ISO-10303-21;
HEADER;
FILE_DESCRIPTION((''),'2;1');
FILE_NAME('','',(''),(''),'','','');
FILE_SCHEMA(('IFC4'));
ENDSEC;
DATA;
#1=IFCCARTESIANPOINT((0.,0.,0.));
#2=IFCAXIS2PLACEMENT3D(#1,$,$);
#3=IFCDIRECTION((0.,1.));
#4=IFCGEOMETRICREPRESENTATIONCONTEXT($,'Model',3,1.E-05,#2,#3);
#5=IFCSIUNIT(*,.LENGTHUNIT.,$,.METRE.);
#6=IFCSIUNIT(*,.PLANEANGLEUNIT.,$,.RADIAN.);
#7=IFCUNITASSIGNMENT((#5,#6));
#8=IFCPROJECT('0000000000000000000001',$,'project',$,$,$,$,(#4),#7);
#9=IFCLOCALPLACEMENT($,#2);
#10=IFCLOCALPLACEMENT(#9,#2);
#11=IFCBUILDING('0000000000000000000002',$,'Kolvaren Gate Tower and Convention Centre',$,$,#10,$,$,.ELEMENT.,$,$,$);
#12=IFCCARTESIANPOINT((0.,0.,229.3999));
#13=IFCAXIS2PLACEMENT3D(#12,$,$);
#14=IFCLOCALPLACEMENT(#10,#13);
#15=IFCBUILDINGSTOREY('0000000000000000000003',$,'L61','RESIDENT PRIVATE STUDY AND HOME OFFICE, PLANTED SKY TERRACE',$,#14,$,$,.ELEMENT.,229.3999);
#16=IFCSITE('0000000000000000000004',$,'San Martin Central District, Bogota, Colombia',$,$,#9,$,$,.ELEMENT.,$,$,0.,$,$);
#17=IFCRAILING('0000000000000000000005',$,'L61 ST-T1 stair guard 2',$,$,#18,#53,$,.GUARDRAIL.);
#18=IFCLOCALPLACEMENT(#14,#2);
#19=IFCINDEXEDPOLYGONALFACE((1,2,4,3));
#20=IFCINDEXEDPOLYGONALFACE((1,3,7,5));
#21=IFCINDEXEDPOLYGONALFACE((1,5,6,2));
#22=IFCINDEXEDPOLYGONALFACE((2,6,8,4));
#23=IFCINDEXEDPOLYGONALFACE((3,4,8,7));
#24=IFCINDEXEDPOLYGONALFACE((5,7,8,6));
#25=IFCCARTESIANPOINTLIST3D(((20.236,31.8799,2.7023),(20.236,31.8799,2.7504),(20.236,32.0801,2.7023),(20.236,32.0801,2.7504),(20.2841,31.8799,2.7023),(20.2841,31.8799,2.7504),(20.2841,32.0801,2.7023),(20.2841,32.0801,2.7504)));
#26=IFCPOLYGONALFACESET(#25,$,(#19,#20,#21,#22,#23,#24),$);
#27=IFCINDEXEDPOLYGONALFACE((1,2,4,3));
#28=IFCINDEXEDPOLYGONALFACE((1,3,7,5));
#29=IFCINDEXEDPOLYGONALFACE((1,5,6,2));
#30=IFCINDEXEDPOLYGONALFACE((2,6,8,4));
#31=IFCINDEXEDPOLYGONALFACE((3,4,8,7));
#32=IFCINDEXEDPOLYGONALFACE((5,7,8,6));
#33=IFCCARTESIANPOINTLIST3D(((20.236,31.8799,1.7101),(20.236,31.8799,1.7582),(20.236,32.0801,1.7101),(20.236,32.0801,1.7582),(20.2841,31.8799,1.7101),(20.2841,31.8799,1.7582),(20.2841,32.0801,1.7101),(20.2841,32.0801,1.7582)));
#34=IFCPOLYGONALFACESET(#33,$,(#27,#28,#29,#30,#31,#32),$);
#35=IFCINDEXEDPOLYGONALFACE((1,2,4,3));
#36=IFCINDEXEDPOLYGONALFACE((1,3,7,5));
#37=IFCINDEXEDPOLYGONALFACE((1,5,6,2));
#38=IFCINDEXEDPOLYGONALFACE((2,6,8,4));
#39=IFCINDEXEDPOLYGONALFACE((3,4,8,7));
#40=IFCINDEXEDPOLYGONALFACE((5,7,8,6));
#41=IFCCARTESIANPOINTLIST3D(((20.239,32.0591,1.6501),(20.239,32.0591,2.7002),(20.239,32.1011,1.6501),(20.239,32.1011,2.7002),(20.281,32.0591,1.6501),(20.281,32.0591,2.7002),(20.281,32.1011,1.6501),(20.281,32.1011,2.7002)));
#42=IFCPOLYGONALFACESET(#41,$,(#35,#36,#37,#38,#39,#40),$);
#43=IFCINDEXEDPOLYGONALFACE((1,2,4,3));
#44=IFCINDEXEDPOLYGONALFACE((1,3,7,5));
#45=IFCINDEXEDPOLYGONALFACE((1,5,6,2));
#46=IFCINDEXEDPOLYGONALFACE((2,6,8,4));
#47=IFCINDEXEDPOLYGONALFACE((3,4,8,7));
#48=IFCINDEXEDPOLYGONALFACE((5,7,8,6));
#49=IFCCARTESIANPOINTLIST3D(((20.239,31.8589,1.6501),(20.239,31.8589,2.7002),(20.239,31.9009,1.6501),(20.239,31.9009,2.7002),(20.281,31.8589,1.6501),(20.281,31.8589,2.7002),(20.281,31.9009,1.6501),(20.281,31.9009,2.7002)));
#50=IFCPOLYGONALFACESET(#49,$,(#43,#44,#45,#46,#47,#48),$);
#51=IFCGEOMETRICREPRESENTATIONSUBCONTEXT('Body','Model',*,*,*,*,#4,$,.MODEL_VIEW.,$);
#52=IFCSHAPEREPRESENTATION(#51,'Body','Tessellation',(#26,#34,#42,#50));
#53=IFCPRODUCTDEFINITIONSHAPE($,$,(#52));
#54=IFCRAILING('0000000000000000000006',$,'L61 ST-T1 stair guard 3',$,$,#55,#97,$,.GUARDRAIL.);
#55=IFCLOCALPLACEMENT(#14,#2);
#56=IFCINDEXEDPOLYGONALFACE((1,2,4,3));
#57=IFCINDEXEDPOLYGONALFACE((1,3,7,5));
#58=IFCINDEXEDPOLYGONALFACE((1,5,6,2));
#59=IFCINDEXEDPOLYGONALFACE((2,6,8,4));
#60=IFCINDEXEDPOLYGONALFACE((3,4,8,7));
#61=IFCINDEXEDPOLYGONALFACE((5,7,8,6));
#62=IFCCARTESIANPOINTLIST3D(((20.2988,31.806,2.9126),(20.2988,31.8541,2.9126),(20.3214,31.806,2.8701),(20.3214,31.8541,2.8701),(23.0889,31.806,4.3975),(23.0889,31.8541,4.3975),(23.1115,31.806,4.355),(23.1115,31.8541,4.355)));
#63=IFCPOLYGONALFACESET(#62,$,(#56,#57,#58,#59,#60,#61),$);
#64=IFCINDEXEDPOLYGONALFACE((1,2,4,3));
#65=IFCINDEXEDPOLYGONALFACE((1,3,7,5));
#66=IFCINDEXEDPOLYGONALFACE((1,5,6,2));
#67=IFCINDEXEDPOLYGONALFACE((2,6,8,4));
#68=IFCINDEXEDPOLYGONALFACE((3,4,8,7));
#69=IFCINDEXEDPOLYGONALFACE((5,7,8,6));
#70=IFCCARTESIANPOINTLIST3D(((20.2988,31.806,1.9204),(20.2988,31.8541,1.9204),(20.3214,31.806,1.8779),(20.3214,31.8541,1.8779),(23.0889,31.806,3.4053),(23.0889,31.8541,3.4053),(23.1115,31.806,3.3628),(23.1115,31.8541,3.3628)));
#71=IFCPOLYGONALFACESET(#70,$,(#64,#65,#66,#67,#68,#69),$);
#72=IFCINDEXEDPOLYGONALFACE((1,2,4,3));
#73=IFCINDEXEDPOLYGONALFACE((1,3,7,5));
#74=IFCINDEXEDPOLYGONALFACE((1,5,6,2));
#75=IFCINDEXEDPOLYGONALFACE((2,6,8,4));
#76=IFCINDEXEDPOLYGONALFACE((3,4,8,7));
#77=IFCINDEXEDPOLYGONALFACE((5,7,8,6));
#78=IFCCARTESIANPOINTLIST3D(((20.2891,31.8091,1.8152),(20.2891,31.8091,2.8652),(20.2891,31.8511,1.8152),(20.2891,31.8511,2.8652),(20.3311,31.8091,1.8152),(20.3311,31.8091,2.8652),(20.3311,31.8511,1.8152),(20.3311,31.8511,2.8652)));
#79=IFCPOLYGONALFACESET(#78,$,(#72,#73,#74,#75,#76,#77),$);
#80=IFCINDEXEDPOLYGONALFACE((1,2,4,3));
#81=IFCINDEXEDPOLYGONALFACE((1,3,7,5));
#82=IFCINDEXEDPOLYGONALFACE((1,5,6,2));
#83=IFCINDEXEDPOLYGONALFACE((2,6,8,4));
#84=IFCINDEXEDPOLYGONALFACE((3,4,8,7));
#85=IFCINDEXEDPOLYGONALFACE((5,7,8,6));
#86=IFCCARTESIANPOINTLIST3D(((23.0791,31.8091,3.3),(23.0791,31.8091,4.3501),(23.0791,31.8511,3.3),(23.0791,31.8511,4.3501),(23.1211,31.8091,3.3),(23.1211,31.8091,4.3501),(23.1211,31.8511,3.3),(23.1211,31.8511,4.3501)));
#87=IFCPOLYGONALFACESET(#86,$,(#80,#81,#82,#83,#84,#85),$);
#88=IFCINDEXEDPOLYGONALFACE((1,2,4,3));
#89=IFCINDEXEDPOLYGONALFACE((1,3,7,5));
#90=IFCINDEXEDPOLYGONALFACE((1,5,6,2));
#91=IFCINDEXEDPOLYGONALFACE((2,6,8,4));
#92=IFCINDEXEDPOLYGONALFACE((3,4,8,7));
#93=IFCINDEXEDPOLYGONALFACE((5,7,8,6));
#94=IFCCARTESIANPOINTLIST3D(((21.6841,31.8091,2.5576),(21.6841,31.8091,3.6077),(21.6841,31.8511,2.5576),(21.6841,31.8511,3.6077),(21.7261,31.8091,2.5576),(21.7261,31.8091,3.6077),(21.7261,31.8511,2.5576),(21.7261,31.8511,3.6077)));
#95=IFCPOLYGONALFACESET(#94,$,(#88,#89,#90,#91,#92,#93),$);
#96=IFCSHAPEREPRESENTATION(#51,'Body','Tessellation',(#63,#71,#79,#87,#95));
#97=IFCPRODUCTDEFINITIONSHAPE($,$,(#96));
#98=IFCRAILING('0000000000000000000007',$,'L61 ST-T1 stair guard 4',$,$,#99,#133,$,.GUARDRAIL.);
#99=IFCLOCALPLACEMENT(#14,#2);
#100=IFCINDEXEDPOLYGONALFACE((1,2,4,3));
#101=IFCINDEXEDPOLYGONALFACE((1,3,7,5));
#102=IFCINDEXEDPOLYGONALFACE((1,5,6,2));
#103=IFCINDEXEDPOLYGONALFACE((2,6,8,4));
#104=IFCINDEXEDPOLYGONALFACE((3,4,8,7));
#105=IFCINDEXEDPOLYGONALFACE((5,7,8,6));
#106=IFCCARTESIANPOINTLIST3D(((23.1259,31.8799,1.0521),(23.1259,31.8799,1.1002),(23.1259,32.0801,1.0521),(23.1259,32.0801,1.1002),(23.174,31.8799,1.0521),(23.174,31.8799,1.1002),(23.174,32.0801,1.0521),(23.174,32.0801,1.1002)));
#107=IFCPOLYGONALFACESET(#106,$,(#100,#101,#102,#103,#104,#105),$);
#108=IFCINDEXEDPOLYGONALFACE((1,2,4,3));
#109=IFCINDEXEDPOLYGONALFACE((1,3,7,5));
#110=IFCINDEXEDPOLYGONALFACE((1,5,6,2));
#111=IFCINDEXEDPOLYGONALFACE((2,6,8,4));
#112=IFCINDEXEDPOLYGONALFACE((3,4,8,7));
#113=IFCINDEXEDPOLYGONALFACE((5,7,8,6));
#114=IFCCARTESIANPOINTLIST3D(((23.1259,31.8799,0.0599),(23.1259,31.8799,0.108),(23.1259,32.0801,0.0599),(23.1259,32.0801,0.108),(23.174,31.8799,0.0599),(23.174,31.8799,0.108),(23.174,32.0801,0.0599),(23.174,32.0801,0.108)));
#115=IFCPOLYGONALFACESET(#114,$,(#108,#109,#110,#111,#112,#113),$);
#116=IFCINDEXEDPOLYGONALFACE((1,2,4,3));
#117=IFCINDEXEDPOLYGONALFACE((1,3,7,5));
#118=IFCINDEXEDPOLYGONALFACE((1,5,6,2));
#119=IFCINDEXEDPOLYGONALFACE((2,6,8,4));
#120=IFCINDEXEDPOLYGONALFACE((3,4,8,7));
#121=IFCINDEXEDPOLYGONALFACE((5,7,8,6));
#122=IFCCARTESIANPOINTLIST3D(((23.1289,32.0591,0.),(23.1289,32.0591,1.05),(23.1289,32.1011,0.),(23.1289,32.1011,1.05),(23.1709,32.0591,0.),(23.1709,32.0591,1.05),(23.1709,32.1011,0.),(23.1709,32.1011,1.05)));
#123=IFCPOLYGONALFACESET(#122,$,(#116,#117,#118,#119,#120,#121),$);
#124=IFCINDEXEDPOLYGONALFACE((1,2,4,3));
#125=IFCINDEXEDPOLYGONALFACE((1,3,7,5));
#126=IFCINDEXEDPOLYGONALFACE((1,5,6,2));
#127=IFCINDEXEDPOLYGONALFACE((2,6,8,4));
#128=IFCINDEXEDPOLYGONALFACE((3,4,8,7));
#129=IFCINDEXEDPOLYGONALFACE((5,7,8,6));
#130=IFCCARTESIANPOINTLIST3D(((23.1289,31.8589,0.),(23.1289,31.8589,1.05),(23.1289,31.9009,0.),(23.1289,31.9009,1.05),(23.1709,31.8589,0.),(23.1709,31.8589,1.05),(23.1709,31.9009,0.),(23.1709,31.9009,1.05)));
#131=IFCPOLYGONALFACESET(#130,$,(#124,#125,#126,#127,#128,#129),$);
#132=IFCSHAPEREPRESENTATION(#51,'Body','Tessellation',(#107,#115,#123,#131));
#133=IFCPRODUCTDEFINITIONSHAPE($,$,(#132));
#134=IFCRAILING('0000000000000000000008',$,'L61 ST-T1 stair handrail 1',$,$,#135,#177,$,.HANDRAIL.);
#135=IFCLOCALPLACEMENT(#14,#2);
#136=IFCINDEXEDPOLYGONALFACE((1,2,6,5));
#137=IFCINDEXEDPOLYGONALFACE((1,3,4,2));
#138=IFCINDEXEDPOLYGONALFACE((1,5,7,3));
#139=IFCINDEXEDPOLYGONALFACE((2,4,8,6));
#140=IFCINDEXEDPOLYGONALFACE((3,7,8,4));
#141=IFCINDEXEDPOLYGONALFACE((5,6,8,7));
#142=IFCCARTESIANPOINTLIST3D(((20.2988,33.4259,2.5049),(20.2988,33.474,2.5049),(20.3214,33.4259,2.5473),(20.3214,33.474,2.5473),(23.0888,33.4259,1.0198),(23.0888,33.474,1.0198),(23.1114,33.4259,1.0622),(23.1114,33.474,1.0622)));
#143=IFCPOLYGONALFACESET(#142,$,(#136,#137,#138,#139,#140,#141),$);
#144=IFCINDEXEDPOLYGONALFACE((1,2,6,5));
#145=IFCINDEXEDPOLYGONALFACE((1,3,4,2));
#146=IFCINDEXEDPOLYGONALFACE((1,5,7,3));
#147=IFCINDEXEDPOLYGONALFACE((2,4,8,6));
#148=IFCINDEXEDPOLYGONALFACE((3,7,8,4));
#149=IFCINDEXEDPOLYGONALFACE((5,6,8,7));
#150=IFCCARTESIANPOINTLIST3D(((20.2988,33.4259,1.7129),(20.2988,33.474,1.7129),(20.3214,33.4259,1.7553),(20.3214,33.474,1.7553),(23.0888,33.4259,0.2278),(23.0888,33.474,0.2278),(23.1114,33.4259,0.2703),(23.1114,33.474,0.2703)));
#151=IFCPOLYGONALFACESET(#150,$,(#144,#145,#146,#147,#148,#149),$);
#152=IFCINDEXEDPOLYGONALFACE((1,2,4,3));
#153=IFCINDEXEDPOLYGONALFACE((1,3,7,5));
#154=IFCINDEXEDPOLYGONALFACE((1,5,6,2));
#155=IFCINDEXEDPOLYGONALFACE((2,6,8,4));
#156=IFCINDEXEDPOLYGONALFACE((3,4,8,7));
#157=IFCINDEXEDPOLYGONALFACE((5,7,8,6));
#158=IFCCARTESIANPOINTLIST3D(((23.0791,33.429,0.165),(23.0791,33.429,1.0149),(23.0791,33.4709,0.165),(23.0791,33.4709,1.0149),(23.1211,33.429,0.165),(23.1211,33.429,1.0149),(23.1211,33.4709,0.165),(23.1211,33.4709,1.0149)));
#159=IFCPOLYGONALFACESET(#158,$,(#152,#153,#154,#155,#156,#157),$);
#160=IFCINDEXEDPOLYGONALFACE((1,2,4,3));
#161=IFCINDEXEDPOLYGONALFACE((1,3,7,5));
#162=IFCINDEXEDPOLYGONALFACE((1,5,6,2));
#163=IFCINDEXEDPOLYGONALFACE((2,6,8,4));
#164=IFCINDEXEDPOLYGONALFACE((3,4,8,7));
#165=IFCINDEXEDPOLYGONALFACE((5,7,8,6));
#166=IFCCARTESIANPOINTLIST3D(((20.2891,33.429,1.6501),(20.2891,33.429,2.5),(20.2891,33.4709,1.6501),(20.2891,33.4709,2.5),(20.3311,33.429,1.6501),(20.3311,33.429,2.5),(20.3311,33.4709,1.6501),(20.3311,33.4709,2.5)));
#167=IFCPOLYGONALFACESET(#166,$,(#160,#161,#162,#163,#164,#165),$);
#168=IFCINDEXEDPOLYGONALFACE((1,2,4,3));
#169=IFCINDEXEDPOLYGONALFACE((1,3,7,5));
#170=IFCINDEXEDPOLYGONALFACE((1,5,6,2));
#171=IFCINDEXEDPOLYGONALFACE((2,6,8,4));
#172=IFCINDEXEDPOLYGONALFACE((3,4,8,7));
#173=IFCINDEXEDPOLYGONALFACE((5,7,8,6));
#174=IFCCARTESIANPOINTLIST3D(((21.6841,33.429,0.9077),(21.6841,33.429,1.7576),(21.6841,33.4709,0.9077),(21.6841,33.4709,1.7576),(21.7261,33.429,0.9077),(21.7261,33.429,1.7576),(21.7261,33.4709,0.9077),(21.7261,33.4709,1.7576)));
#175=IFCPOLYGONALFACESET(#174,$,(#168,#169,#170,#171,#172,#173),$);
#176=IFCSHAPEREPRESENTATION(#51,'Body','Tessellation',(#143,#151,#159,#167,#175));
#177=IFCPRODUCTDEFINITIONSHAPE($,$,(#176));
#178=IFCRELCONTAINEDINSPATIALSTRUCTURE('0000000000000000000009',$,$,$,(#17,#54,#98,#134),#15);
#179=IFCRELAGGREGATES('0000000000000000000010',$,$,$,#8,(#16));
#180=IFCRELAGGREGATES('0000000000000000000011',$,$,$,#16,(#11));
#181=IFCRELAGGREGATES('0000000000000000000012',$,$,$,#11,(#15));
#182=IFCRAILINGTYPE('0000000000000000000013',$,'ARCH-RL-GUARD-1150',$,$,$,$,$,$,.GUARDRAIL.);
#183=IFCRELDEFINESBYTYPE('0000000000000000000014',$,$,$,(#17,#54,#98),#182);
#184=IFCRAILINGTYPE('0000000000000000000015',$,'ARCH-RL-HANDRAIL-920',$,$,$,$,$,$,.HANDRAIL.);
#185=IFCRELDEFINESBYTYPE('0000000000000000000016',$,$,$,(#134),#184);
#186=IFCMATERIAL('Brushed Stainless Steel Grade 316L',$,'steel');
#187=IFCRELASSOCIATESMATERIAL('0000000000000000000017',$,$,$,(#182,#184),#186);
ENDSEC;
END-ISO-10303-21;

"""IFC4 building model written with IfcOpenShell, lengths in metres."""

from ifc_helpers import new_model, si_unit, direction, frame, origin, origin_2d, place, context, subcontext, project, spatial, rectangle, extrude, material, type_object, element, save


model = new_model("IFC4")

# Units and contexts
model_context = context("Model", 3, precision=1e-05, world=origin(), true_north=direction((0.0, 1.0)))
body_context = subcontext(model_context, "Body", "Model", "MODEL_VIEW")
ifc_project = project(units=[si_unit("LENGTHUNIT", "METRE"), si_unit("PLANEANGLEUNIT", "RADIAN")], contexts=[model_context])

# Site, building, storey
site_placement = place(None, origin())
site = spatial("IfcSite", under=ifc_project, at=site_placement, Name="San Martin Central District, Bogota, Colombia", CompositionType="ELEMENT", RefElevation=0.0)
building_placement = place(site_placement, origin())
building = spatial("IfcBuilding", under=site, at=building_placement, Name="Kolvaren Gate Tower and Convention Centre", CompositionType="ELEMENT")
storey_placement = place(building_placement, frame((0.0, 0.0, 229.3999)))
storey = spatial("IfcBuildingStorey", under=building, at=storey_placement, Name="L61", Description="RESIDENT PRIVATE STUDY AND HOME OFFICE, PLANTED SKY TERRACE", CompositionType="ELEMENT", Elevation=229.3999)

# Railings
ifc_material_1 = material(Name="Brushed Stainless Steel Grade 316L", Category="steel")
railing_type_1 = type_object("IfcRailingType", Name="ARCH-RL-GUARD-1150", PredefinedType="GUARDRAIL", material=ifc_material_1)
railing_1_placement = place(storey_placement, frame((20.26, 32.0801, 1.6501)))
element("IfcRailing", 1, at=railing_1_placement, inside=storey, type_object=railing_type_1, Name="L61 ST-T1 stair guard 2", PredefinedType="GUARDRAIL", context=body_context, shape_type="SweptSolid", body=[
    extrude(rectangle(XDim=0.0481, YDim=0.0481, at=origin_2d()), frame((0.0, 0.0, 1.0762), z_axis=(0.0, -1.0, 0.0), x_axis=(1.0, 0.0, 0.0)), (0.0, 0.0, 1.0), 0.2002),
    extrude(rectangle(XDim=0.0481, YDim=0.0481, at=origin_2d()), frame((0.0, 0.0, 0.084), z_axis=(0.0, -1.0, 0.0), x_axis=(1.0, 0.0, 0.0)), (0.0, 0.0, 1.0), 0.2002),
    extrude(rectangle(XDim=0.042, YDim=0.042, at=origin_2d()), origin(), (0.0, 0.0, 1.0), 1.05),
    extrude(rectangle(XDim=0.042, YDim=0.042, at=origin_2d()), frame((0.0, -0.2002, 0.0)), (0.0, 0.0, 1.0), 1.05),
])
railing_2_placement = place(storey_placement, frame((20.3101, 31.8301, 1.8152)))
element("IfcRailing", 2, at=railing_2_placement, inside=storey, type_object=railing_type_1, Name="L61 ST-T1 stair guard 3", PredefinedType="GUARDRAIL", context=body_context, shape_type="SweptSolid", body=[
    extrude(rectangle(XDim=0.0481, YDim=0.0481, at=origin_2d()), frame((0.0, 0.0, 1.0762), z_axis=(0.882767, 0.0, 0.46981), x_axis=(0.0, 1.0, 0.0)), (0.0, 0.0, 1.0), 3.1606),
    extrude(rectangle(XDim=0.0481, YDim=0.0481, at=origin_2d()), frame((0.0, 0.0, 0.084), z_axis=(0.882767, 0.0, 0.46981), x_axis=(0.0, 1.0, 0.0)), (0.0, 0.0, 1.0), 3.1606),
    extrude(rectangle(XDim=0.042, YDim=0.042, at=origin_2d()), origin(), (0.0, 0.0, 1.0), 1.05),
    extrude(rectangle(XDim=0.042, YDim=0.042, at=origin_2d()), frame((2.79, 0.0, 1.4849)), (0.0, 0.0, 1.0), 1.05),
    extrude(rectangle(XDim=0.042, YDim=0.042, at=origin_2d()), frame((1.395, 0.0, 0.7424)), (0.0, 0.0, 1.0), 1.05),
])
railing_3_placement = place(storey_placement, frame((23.1499, 32.0801, 0.0)))
element("IfcRailing", 3, at=railing_3_placement, inside=storey, type_object=railing_type_1, Name="L61 ST-T1 stair guard 4", PredefinedType="GUARDRAIL", context=body_context, shape_type="SweptSolid", body=[
    extrude(rectangle(XDim=0.0481, YDim=0.0481, at=origin_2d()), frame((0.0, 0.0, 1.0762), z_axis=(0.0, -1.0, 0.0), x_axis=(1.0, 0.0, 0.0)), (0.0, 0.0, 1.0), 0.2002),
    extrude(rectangle(XDim=0.0481, YDim=0.0481, at=origin_2d()), frame((0.0, 0.0, 0.084), z_axis=(0.0, -1.0, 0.0), x_axis=(1.0, 0.0, 0.0)), (0.0, 0.0, 1.0), 0.2002),
    extrude(rectangle(XDim=0.042, YDim=0.042, at=origin_2d()), origin(), (0.0, 0.0, 1.0), 1.05),
    extrude(rectangle(XDim=0.042, YDim=0.042, at=origin_2d()), frame((0.0, -0.2002, 0.0)), (0.0, 0.0, 1.0), 1.05),
])
railing_type_2 = type_object("IfcRailingType", Name="ARCH-RL-HANDRAIL-920", PredefinedType="HANDRAIL", material=ifc_material_1)
railing_4_placement = place(storey_placement, frame((23.1001, 33.45, 0.165)))
element("IfcRailing", 4, at=railing_4_placement, inside=storey, type_object=railing_type_2, Name="L61 ST-T1 stair handrail 1", PredefinedType="HANDRAIL", context=body_context, shape_type="SweptSolid", body=[
    extrude(rectangle(XDim=0.0481, YDim=0.0481, at=origin_2d()), frame((0.0, 0.0, 0.876), z_axis=(-0.882735, 0.0, 0.46987), x_axis=(0.0, -1.0, 0.0)), (0.0, 0.0, 1.0), 3.1606),
    extrude(rectangle(XDim=0.0481, YDim=0.0481, at=origin_2d()), frame((0.0, 0.0, 0.084), z_axis=(-0.882735, 0.0, 0.46987), x_axis=(0.0, -1.0, 0.0)), (0.0, 0.0, 1.0), 3.1606),
    extrude(rectangle(XDim=0.042, YDim=0.042, at=origin_2d()), origin(), (0.0, 0.0, 1.0), 0.8499),
    extrude(rectangle(XDim=0.042, YDim=0.042, at=origin_2d()), frame((-2.79, 0.0, 1.4851)), (0.0, 0.0, 1.0), 0.8499),
    extrude(rectangle(XDim=0.042, YDim=0.042, at=origin_2d()), frame((-1.395, 0.0, 0.7427)), (0.0, 0.0, 1.0), 0.8499),
])

save(model, "model.ifc")
